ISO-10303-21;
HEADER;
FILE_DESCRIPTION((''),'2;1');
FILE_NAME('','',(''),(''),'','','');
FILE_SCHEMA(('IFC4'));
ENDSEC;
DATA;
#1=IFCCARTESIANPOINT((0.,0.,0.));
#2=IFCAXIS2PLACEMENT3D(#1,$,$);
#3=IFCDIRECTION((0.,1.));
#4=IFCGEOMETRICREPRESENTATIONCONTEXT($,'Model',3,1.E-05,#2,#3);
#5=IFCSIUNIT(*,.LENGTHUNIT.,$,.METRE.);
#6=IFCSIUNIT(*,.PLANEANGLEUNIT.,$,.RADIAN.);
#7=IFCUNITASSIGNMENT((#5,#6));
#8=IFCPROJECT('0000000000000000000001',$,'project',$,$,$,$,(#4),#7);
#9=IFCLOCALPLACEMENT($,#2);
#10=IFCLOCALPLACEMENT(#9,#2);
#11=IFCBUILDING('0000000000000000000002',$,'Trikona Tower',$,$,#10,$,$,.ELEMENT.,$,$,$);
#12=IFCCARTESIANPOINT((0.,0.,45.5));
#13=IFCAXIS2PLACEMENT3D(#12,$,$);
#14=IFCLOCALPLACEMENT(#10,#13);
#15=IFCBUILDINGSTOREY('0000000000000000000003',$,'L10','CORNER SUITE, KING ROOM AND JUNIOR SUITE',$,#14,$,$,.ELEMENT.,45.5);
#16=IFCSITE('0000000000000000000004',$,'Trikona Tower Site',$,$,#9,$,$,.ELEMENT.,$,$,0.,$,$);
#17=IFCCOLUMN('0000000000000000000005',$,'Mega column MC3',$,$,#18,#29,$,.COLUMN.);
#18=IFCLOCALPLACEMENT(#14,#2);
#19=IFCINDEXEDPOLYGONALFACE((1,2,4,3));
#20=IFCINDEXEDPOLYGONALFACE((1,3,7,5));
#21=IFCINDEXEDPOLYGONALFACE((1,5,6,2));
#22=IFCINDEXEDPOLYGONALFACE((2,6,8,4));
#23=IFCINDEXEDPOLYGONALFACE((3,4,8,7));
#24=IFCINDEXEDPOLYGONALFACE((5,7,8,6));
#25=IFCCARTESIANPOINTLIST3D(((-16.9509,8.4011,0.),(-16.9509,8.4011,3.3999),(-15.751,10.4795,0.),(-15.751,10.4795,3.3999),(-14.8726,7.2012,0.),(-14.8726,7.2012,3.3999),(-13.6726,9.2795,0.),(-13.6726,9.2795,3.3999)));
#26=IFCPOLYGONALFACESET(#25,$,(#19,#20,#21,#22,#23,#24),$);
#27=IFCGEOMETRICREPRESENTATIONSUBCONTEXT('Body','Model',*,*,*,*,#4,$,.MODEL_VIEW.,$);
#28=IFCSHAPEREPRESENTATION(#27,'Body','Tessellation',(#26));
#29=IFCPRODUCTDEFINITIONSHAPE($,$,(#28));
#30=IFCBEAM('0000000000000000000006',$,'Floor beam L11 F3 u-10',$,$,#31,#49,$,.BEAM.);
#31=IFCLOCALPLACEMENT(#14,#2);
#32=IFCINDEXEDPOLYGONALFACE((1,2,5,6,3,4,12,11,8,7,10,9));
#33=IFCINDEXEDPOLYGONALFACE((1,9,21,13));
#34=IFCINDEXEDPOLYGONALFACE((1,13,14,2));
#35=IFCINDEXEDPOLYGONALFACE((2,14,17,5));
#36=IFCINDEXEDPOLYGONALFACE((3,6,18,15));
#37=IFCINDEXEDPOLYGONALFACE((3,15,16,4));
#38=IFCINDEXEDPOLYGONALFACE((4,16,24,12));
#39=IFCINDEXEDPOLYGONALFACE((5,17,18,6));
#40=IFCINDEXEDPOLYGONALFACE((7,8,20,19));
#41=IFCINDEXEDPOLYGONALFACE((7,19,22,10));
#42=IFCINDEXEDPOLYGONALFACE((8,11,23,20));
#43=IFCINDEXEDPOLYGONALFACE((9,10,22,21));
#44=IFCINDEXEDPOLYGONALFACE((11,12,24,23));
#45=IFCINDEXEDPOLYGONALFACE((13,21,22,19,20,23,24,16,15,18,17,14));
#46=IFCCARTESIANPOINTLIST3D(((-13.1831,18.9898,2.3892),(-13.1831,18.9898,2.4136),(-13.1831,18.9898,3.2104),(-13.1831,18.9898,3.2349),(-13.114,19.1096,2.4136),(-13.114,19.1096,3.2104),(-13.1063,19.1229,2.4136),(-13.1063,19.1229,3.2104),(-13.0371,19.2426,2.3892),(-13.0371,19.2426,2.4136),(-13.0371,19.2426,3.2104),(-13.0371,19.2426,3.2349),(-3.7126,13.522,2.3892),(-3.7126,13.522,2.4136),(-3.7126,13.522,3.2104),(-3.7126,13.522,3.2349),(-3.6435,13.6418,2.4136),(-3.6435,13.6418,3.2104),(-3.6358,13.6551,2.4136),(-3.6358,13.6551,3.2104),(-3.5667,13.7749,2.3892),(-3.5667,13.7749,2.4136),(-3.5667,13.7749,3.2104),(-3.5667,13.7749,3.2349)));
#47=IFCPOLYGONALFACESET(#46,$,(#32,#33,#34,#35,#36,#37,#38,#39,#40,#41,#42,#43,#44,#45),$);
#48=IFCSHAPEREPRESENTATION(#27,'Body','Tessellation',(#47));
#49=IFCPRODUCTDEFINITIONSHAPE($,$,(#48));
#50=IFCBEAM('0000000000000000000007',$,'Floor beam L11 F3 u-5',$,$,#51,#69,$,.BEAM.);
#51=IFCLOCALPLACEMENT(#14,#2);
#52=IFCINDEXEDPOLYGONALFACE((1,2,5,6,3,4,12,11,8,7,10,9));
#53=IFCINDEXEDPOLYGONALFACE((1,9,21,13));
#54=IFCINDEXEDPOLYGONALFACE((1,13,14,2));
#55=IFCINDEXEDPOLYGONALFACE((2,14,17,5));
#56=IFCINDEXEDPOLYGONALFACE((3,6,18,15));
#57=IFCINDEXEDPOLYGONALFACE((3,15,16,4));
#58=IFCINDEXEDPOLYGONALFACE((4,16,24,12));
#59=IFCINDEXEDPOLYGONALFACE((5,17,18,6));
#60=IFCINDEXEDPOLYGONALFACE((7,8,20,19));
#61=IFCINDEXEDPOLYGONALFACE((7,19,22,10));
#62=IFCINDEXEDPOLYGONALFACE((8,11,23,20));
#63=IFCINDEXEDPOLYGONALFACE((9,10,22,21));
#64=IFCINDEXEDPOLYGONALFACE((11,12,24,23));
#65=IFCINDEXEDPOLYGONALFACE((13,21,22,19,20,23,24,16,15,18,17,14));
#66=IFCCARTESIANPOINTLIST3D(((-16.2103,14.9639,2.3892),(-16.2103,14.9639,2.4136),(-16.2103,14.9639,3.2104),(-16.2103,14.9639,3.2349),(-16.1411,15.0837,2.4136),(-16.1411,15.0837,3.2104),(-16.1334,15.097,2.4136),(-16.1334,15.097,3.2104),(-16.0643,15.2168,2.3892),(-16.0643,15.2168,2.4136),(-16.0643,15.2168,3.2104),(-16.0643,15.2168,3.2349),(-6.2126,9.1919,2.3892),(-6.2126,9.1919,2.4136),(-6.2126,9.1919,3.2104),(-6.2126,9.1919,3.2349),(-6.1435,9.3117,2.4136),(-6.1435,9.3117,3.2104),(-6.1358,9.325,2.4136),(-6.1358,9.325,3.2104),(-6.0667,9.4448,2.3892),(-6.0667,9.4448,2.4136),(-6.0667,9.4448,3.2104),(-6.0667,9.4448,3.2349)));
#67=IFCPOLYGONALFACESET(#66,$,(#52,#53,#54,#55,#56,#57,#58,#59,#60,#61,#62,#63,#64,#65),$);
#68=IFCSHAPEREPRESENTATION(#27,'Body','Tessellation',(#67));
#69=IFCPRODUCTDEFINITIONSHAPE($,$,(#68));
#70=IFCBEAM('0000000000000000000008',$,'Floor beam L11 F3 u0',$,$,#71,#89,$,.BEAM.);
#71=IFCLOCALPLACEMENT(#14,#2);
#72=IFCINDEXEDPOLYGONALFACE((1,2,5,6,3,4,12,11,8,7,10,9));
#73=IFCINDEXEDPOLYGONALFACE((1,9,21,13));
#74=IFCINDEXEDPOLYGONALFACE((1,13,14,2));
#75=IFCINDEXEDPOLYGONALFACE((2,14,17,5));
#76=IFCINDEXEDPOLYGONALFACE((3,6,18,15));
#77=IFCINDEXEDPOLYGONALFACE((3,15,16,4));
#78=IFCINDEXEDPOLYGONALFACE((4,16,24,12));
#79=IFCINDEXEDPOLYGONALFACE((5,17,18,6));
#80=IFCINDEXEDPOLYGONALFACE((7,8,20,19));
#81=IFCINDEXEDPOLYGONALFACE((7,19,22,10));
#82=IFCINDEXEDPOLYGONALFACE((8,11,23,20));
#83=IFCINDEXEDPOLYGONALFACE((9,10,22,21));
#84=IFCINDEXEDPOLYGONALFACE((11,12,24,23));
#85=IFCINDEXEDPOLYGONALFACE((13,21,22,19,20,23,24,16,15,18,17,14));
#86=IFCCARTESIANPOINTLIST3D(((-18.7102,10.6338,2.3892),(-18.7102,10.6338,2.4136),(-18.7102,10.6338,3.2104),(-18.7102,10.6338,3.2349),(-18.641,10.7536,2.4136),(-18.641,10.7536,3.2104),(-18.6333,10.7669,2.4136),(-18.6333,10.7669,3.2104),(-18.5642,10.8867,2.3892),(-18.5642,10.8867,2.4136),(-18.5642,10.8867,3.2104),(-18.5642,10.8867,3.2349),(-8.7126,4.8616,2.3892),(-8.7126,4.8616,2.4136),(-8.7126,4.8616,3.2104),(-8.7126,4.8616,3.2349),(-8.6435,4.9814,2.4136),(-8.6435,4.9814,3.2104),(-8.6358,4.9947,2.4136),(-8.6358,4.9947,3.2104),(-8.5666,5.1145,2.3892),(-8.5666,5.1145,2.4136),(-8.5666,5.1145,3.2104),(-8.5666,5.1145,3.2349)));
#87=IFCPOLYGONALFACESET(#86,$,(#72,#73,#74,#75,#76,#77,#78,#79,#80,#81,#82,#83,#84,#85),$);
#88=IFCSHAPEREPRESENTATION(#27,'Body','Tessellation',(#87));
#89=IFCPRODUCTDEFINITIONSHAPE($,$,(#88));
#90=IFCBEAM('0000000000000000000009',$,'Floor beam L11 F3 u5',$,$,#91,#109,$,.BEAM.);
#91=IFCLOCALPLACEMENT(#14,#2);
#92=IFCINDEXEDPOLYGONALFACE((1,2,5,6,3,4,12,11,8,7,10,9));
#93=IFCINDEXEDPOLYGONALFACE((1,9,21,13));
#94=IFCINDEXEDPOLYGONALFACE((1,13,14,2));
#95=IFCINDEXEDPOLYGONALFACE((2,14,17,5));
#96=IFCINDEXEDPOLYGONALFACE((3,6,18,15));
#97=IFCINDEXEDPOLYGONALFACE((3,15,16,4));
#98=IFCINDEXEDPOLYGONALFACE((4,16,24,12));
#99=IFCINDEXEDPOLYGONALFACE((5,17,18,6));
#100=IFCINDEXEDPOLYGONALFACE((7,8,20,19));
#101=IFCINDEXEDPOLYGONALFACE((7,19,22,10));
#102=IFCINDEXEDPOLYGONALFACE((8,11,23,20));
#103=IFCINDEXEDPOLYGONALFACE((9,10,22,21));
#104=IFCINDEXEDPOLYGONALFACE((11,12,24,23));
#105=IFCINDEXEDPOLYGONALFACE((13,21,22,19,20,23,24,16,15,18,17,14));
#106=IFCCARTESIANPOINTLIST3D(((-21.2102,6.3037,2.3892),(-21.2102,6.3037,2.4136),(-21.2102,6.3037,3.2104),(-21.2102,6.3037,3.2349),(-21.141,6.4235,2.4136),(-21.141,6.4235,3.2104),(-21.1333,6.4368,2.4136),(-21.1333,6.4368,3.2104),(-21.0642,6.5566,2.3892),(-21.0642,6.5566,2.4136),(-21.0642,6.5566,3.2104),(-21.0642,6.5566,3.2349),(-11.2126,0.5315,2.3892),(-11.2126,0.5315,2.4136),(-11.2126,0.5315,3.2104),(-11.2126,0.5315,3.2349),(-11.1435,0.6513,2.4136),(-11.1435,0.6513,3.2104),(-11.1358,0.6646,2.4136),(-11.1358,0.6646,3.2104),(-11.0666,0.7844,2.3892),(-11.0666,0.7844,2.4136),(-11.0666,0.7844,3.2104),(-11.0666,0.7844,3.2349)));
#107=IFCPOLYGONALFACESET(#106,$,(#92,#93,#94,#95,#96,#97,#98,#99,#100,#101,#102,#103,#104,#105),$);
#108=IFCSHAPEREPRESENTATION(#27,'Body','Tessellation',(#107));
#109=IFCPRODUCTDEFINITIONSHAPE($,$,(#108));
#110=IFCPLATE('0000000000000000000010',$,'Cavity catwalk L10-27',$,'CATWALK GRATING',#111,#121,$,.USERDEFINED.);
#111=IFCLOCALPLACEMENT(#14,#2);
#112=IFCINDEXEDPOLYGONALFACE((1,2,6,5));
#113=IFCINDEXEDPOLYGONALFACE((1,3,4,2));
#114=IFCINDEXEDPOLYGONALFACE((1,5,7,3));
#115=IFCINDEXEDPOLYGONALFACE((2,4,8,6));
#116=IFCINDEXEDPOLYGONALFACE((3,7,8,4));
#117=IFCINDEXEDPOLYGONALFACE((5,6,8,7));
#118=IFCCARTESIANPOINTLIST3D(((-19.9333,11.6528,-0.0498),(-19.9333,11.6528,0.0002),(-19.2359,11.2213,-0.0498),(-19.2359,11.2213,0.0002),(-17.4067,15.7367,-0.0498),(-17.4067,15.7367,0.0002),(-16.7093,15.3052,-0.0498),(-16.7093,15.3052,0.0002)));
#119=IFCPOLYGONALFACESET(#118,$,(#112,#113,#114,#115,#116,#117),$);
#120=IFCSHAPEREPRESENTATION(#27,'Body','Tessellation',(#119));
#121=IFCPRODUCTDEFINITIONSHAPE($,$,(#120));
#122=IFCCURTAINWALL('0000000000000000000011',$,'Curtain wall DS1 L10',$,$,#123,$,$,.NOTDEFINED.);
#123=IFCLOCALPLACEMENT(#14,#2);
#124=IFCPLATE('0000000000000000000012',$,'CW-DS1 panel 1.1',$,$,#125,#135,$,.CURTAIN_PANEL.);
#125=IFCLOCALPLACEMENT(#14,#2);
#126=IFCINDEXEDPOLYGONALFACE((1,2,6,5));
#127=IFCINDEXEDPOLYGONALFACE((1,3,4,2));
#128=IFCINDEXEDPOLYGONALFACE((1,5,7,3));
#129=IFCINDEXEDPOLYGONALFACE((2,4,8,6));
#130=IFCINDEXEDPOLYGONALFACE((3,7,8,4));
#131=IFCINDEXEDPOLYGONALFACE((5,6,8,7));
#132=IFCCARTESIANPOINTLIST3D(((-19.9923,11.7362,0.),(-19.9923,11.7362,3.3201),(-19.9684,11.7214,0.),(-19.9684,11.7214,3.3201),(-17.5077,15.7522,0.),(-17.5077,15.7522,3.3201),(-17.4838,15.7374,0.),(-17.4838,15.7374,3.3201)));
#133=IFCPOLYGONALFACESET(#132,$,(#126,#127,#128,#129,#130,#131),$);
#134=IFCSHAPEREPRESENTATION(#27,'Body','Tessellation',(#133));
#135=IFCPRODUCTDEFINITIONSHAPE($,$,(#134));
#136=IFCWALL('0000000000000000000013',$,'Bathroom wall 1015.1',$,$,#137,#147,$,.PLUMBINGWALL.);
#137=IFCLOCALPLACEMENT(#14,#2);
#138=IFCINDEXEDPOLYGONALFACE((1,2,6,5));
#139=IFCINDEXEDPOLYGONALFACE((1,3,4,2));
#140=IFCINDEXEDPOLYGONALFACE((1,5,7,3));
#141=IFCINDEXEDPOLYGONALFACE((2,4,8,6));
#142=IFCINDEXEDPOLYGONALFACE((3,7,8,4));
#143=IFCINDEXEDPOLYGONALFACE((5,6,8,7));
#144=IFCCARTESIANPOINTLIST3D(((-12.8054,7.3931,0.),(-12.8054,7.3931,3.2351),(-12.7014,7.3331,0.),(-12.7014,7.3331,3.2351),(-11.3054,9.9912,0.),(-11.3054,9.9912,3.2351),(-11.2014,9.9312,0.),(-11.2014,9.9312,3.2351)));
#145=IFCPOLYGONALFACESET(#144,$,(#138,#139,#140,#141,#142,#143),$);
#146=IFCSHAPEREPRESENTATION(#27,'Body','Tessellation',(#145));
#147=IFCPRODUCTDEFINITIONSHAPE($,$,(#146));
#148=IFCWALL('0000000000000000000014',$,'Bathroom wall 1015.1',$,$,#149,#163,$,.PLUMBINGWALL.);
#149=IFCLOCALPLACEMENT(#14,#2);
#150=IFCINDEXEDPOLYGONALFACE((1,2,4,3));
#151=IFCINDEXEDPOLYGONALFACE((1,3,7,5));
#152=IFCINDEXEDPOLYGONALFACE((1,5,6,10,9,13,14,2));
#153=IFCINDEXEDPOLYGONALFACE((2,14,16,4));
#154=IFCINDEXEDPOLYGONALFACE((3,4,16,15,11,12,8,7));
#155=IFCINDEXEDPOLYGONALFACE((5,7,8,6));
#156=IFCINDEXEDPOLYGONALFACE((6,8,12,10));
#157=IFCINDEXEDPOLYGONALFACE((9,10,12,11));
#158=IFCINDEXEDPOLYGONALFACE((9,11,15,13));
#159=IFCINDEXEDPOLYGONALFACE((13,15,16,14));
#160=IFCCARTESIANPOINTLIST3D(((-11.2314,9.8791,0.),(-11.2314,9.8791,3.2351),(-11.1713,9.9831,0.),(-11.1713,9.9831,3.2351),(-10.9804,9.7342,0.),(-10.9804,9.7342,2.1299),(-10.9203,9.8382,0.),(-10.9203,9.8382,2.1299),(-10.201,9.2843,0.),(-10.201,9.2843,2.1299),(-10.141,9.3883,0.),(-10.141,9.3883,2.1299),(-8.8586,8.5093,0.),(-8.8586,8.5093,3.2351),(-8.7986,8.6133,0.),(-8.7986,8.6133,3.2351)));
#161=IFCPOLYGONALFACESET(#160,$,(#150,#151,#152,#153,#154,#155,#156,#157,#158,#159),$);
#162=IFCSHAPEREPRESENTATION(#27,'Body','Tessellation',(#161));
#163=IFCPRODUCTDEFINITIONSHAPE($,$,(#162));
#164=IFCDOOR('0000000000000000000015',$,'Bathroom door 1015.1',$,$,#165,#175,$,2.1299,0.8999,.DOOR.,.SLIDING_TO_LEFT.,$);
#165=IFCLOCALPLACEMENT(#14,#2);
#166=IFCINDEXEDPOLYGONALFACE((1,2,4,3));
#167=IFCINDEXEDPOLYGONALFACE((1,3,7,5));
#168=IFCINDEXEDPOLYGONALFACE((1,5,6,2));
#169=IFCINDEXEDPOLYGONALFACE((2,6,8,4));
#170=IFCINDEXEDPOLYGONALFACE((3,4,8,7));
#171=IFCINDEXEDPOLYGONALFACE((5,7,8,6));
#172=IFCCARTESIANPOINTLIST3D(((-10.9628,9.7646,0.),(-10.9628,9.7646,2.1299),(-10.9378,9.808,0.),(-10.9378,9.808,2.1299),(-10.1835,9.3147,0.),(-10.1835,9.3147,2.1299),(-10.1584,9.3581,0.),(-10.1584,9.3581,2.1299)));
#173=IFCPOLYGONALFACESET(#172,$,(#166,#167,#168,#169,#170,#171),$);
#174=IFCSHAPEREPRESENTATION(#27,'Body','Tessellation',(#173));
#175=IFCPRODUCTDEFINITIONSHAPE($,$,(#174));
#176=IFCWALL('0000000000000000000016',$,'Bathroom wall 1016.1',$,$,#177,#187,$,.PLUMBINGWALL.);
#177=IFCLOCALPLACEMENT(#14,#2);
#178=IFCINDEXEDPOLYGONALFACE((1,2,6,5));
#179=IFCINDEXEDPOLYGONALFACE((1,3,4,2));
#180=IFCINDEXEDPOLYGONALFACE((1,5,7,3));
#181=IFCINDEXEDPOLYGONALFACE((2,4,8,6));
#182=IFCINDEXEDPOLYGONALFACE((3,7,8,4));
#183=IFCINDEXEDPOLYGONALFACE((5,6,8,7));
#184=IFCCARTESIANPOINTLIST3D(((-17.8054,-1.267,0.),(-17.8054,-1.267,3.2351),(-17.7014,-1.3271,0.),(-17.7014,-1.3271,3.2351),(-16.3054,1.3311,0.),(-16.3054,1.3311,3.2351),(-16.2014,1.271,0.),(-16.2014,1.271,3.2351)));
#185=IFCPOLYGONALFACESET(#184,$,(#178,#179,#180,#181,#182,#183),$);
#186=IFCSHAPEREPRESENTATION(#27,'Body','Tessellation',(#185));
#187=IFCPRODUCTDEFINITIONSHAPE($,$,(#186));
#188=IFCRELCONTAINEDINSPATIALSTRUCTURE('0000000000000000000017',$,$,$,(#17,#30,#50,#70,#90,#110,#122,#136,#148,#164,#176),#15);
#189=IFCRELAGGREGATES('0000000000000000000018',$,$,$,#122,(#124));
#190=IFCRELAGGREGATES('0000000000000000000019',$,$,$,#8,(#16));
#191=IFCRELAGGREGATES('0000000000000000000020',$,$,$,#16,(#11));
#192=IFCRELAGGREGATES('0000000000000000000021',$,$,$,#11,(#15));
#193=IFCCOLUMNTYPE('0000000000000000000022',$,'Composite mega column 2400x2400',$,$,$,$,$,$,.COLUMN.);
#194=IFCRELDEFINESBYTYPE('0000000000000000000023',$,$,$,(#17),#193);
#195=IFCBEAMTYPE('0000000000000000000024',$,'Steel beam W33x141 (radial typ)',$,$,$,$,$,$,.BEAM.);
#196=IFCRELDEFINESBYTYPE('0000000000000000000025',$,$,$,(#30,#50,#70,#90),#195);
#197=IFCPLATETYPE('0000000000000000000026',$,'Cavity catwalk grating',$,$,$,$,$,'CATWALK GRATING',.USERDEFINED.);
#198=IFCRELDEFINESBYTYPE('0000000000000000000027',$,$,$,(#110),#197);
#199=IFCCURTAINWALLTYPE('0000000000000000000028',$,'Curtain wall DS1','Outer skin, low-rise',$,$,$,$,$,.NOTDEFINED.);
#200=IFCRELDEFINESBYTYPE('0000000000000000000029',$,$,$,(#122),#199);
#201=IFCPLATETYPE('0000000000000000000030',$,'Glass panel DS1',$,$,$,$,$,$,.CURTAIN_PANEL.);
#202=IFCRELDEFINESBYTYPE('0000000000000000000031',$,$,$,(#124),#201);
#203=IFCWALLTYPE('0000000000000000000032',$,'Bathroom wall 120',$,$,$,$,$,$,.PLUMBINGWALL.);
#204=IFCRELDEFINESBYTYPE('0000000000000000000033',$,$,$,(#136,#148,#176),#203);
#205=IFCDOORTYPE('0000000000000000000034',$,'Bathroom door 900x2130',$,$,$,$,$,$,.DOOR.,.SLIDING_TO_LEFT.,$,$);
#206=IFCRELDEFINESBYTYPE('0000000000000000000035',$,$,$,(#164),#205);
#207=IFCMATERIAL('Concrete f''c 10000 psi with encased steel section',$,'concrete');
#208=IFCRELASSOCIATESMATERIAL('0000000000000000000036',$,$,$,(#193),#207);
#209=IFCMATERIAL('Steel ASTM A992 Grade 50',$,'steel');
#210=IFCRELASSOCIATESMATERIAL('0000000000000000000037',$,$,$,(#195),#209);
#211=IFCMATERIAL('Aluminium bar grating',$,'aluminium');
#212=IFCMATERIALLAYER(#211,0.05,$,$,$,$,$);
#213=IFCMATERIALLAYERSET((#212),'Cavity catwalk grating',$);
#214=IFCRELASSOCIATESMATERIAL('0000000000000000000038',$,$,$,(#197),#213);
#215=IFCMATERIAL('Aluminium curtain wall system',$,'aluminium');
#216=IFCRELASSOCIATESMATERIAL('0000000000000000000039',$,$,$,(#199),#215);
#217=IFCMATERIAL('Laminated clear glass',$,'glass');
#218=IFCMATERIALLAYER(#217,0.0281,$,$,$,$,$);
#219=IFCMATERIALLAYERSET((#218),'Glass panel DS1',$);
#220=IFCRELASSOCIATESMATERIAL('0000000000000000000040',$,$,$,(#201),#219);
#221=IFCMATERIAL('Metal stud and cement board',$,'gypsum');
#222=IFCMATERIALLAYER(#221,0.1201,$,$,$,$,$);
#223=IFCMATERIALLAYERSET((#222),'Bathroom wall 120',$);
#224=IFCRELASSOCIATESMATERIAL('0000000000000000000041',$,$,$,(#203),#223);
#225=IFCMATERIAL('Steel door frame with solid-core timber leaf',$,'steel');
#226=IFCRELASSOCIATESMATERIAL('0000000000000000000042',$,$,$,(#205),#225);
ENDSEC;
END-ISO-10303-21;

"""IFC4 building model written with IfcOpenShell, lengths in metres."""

from ifc_helpers import new_model, si_unit, direction, frame, frame_2d, origin, origin_2d, place, context, subcontext, project, spatial, rectangle, i_section, extrude, material, layer, layer_set, material_profile, profile_set, type_object, element, fill, aggregate, save


model = new_model("IFC4")

# Units and contexts
model_context = context("Model", 3, precision=1e-05, world=origin(), true_north=direction((0.0, 1.0)))
body_context = subcontext(model_context, "Body", "Model", "MODEL_VIEW")
ifc_project = project(units=[si_unit("LENGTHUNIT", "METRE"), si_unit("PLANEANGLEUNIT", "RADIAN")], contexts=[model_context])

# Site, building, storey
site_placement = place(None, origin())
site = spatial("IfcSite", under=ifc_project, at=site_placement, Name="Trikona Tower Site", CompositionType="ELEMENT", RefElevation=0.0)
building_placement = place(site_placement, origin())
building = spatial("IfcBuilding", under=site, at=building_placement, Name="Trikona Tower", CompositionType="ELEMENT")
storey_placement = place(building_placement, frame((0.0, 0.0, 45.5)))
storey = spatial("IfcBuildingStorey", under=building, at=storey_placement, Name="L10", Description="CORNER SUITE, KING ROOM AND JUNIOR SUITE", CompositionType="ELEMENT", Elevation=45.5)

# Column
ifc_material_1 = material(Name="Concrete f'c 10000 psi with encased steel section", Category="concrete")
ifc_material_profile_1 = material_profile(ifc_material_1, rectangle(XDim=2.3999, YDim=2.3999, at=origin_2d()), Name="MC2400")
ifc_profile_set_1 = profile_set([ifc_material_profile_1], Name="Concrete f'c 10000 psi with encased steel section")
column_type = type_object("IfcColumnType", Name="Composite mega column 2400x2400", PredefinedType="COLUMN", material=ifc_profile_set_1)
column_placement = place(storey_placement, frame((-15.3118, 8.8403, 0.0), z_axis=(0.0, 0.0, 1.0), x_axis=(-0.866025, 0.5, 0.0)))
element("IfcColumn", 1, at=column_placement, inside=storey, type_object=column_type, Name="Mega column MC3", PredefinedType="COLUMN", context=body_context, shape_type="SweptSolid", body=[
    extrude(rectangle(XDim=2.3999, YDim=2.3999, at=origin_2d()), origin(), (0.0, 0.0, 1.0), 3.3999),
])

# Beams
ifc_material_2 = material(Name="Steel ASTM A992 Grade 50", Category="steel")
ifc_material_profile_2 = material_profile(ifc_material_2, i_section(OverallWidth=0.292, OverallDepth=0.8457, WebThickness=0.0154, FlangeThickness=0.0244, at=origin_2d()), Name="W33X141")
ifc_profile_set_2 = profile_set([ifc_material_profile_2], Name="Steel ASTM A992 Grade 50")
beam_type = type_object("IfcBeamType", Name="Steel beam W33x141 (radial typ)", PredefinedType="BEAM", material=ifc_profile_set_2)
beam_placement = place(storey_placement, frame((-3.6396, 13.6484, 2.812), z_axis=(-0.866025, 0.5, 0.0), x_axis=(-0.5, -0.866025, 0.0)))
element("IfcBeam", 2, at=beam_placement, inside=storey, type_object=beam_type, Name="Floor beam L11 F3 u-10", PredefinedType="BEAM", context=body_context, shape_type="SweptSolid", body=[
    extrude(i_section(OverallWidth=0.292, OverallDepth=0.8457, WebThickness=0.0154, FlangeThickness=0.0244, at=origin_2d()), origin(), (0.0, 0.0, 1.0), 10.9355),
])
for number, where, z_axis, x_axis, name in (
    (3, (-6.1396, 9.3184, 2.812), (-0.86603, 0.499992, 0.0), (-0.499992, -0.86603, 0.0), "Floor beam L11 F3 u-5"),
    (4, (-8.6396, 4.988, 2.812), (-0.866021, 0.500008, 0.0), (-0.500008, -0.866021, 0.0), "Floor beam L11 F3 u0"),
    (5, (-11.1396, 0.658, 2.812), (-0.866021, 0.500008, 0.0), (-0.500008, -0.866021, 0.0), "Floor beam L11 F3 u5"),
):
    element("IfcBeam", number, at=place(storey_placement, frame(where, z_axis=z_axis, x_axis=x_axis)), inside=storey, type_object=beam_type, Name=name, PredefinedType="BEAM", context=body_context, shape_type="SweptSolid", body=[
        extrude(i_section(OverallWidth=0.292, OverallDepth=0.8457, WebThickness=0.0154, FlangeThickness=0.0244, at=origin_2d()), origin(), (0.0, 0.0, 1.0), 11.5442),
    ])

# Plate
ifc_material_3 = material(Name="Aluminium bar grating", Category="aluminium")
ifc_layer_1 = layer(ifc_material_3, 0.05)
ifc_layer_set_1 = layer_set([ifc_layer_1], Name="Cavity catwalk grating")
plate_type_1 = type_object("IfcPlateType", Name="Cavity catwalk grating", ElementType="CATWALK GRATING", PredefinedType="USERDEFINED", material=ifc_layer_set_1)
plate_1_placement = place(storey_placement, frame((-18.3213, 13.479, -0.0498), z_axis=(0.0, 0.0, 1.0), x_axis=(-0.526119, -0.850411, 0.0)))
element("IfcPlate", 6, at=plate_1_placement, inside=storey, type_object=plate_type_1, Name="Cavity catwalk L10-27", ObjectType="CATWALK GRATING", PredefinedType="USERDEFINED", context=body_context, shape_type="SweptSolid", body=[
    extrude(rectangle(XDim=4.8022, YDim=0.8201, at=origin_2d()), origin(), (0.0, 0.0, 1.0), 0.05),
])

# Curtain wall, plate
ifc_material_4 = material(Name="Aluminium curtain wall system", Category="aluminium")
curtain_wall_type = type_object("IfcCurtainWallType", Name="Curtain wall DS1", Description="Outer skin, low-rise", PredefinedType="NOTDEFINED", material=ifc_material_4)
curtain_wall_placement = place(storey_placement, origin())
curtain_wall = element("IfcCurtainWall", 7, at=curtain_wall_placement, inside=storey, type_object=curtain_wall_type, Name="Curtain wall DS1 L10", PredefinedType="NOTDEFINED")
ifc_material_5 = material(Name="Laminated clear glass", Category="glass")
ifc_layer_2 = layer(ifc_material_5, 0.0281)
ifc_layer_set_2 = layer_set([ifc_layer_2], Name="Glass panel DS1")
plate_type_2 = type_object("IfcPlateType", Name="Glass panel DS1", PredefinedType="CURTAIN_PANEL", material=ifc_layer_set_2)
plate_2_placement = place(storey_placement, frame((-18.738, 13.7368, 0.0), z_axis=(0.0, 0.0, 1.0), x_axis=(-0.52612, -0.85041, 0.0)))
plate_2 = element("IfcPlate", 8, at=plate_2_placement, type_object=plate_type_2, Name="CW-DS1 panel 1.1", PredefinedType="CURTAIN_PANEL", context=body_context, shape_type="SweptSolid", body=[
    extrude(rectangle(XDim=4.7224, YDim=0.0281, at=origin_2d()), origin(), (0.0, 0.0, 1.0), 3.3201),
])
aggregate(curtain_wall, [plate_2])

# Wall
ifc_material_6 = material(Name="Metal stud and cement board", Category="gypsum")
ifc_layer_3 = layer(ifc_material_6, 0.1201)
ifc_layer_set_3 = layer_set([ifc_layer_3], Name="Bathroom wall 120")
wall_type_1 = type_object("IfcWallType", Name="Bathroom wall 120", PredefinedType="PLUMBINGWALL", material=ifc_layer_set_3)
wall_1_placement = place(storey_placement, frame((-11.2534, 9.9612, 0.0), z_axis=(0.0, 0.0, 1.0), x_axis=(-0.49999, -0.866031, 0.0)))
element("IfcWall", 9, at=wall_1_placement, inside=storey, type_object=wall_type_1, Name="Bathroom wall 1015.1", PredefinedType="PLUMBINGWALL", context=body_context, shape_type="SweptSolid", body=[
    extrude(rectangle(XDim=3.0, YDim=0.1201, at=frame_2d((1.5, 0.0))), origin(), (0.0, 0.0, 1.0), 3.2351),
])

# Wall, opening, door
wall_2_placement = place(storey_placement, frame((-8.8286, 8.5613, 0.0), z_axis=(0.0, 0.0, 1.0), x_axis=(-0.866036, 0.499982, 0.0)))
wall_2 = element("IfcWall", 10, at=wall_2_placement, inside=storey, type_object=wall_type_1, Name="Bathroom wall 1015.1", PredefinedType="PLUMBINGWALL", context=body_context, shape_type="SweptSolid", body=[
    extrude(rectangle(XDim=2.7397, YDim=0.1201, at=frame_2d((1.3699, 0.0))), origin(), (0.0, 0.0, 1.0), 3.2351),
])
opening_1_placement = place(wall_2_placement, frame((1.55, 0.0, 0.0)))
opening_1 = element("IfcOpeningElement", 11, at=opening_1_placement, cuts=wall_2, PredefinedType="OPENING", context=body_context, shape_type="SweptSolid", body=[
    extrude(rectangle(XDim=0.8999, YDim=2.1299, at=frame_2d((0.45, 1.0649))), frame((0.0, 0.0701, 0.0), z_axis=(0.0, -1.0, 0.0), x_axis=(1.0, 0.0, 0.0)), (0.0, 0.0, 1.0), 0.1401),
])
ifc_material_7 = material(Name="Steel door frame with solid-core timber leaf", Category="steel")
door_type_1 = type_object("IfcDoorType", Name="Bathroom door 900x2130", OperationType="SLIDING_TO_LEFT", PredefinedType="DOOR", material=ifc_material_7)
door_1_placement = place(opening_1_placement, origin())
door_1 = element("IfcDoor", 12, at=door_1_placement, inside=storey, type_object=door_type_1, Name="Bathroom door 1015.1", OperationType="SLIDING_TO_LEFT", OverallHeight=2.1299, OverallWidth=0.8999, PredefinedType="DOOR", context=body_context, shape_type="SweptSolid", body=[
    extrude(rectangle(XDim=0.8999, YDim=2.1299, at=frame_2d((0.45, 1.0649))), frame((0.0, 0.0249, 0.0), z_axis=(0.0, -1.0, 0.0), x_axis=(1.0, 0.0, 0.0)), (0.0, 0.0, 1.0), 0.05),
])
fill(opening_1, door_1)

# Wall
wall_3_placement = place(storey_placement, frame((-16.2534, 1.301, 0.0), z_axis=(0.0, 0.0, 1.0), x_axis=(-0.49999, -0.866031, 0.0)))
element("IfcWall", 13, at=wall_3_placement, inside=storey, type_object=wall_type_1, Name="Bathroom wall 1016.1", PredefinedType="PLUMBINGWALL", context=body_context, shape_type="SweptSolid", body=[
    extrude(rectangle(XDim=3.0, YDim=0.1201, at=frame_2d((1.5, 0.0))), origin(), (0.0, 0.0, 1.0), 3.2351),
])

save(model, "model.ifc")
